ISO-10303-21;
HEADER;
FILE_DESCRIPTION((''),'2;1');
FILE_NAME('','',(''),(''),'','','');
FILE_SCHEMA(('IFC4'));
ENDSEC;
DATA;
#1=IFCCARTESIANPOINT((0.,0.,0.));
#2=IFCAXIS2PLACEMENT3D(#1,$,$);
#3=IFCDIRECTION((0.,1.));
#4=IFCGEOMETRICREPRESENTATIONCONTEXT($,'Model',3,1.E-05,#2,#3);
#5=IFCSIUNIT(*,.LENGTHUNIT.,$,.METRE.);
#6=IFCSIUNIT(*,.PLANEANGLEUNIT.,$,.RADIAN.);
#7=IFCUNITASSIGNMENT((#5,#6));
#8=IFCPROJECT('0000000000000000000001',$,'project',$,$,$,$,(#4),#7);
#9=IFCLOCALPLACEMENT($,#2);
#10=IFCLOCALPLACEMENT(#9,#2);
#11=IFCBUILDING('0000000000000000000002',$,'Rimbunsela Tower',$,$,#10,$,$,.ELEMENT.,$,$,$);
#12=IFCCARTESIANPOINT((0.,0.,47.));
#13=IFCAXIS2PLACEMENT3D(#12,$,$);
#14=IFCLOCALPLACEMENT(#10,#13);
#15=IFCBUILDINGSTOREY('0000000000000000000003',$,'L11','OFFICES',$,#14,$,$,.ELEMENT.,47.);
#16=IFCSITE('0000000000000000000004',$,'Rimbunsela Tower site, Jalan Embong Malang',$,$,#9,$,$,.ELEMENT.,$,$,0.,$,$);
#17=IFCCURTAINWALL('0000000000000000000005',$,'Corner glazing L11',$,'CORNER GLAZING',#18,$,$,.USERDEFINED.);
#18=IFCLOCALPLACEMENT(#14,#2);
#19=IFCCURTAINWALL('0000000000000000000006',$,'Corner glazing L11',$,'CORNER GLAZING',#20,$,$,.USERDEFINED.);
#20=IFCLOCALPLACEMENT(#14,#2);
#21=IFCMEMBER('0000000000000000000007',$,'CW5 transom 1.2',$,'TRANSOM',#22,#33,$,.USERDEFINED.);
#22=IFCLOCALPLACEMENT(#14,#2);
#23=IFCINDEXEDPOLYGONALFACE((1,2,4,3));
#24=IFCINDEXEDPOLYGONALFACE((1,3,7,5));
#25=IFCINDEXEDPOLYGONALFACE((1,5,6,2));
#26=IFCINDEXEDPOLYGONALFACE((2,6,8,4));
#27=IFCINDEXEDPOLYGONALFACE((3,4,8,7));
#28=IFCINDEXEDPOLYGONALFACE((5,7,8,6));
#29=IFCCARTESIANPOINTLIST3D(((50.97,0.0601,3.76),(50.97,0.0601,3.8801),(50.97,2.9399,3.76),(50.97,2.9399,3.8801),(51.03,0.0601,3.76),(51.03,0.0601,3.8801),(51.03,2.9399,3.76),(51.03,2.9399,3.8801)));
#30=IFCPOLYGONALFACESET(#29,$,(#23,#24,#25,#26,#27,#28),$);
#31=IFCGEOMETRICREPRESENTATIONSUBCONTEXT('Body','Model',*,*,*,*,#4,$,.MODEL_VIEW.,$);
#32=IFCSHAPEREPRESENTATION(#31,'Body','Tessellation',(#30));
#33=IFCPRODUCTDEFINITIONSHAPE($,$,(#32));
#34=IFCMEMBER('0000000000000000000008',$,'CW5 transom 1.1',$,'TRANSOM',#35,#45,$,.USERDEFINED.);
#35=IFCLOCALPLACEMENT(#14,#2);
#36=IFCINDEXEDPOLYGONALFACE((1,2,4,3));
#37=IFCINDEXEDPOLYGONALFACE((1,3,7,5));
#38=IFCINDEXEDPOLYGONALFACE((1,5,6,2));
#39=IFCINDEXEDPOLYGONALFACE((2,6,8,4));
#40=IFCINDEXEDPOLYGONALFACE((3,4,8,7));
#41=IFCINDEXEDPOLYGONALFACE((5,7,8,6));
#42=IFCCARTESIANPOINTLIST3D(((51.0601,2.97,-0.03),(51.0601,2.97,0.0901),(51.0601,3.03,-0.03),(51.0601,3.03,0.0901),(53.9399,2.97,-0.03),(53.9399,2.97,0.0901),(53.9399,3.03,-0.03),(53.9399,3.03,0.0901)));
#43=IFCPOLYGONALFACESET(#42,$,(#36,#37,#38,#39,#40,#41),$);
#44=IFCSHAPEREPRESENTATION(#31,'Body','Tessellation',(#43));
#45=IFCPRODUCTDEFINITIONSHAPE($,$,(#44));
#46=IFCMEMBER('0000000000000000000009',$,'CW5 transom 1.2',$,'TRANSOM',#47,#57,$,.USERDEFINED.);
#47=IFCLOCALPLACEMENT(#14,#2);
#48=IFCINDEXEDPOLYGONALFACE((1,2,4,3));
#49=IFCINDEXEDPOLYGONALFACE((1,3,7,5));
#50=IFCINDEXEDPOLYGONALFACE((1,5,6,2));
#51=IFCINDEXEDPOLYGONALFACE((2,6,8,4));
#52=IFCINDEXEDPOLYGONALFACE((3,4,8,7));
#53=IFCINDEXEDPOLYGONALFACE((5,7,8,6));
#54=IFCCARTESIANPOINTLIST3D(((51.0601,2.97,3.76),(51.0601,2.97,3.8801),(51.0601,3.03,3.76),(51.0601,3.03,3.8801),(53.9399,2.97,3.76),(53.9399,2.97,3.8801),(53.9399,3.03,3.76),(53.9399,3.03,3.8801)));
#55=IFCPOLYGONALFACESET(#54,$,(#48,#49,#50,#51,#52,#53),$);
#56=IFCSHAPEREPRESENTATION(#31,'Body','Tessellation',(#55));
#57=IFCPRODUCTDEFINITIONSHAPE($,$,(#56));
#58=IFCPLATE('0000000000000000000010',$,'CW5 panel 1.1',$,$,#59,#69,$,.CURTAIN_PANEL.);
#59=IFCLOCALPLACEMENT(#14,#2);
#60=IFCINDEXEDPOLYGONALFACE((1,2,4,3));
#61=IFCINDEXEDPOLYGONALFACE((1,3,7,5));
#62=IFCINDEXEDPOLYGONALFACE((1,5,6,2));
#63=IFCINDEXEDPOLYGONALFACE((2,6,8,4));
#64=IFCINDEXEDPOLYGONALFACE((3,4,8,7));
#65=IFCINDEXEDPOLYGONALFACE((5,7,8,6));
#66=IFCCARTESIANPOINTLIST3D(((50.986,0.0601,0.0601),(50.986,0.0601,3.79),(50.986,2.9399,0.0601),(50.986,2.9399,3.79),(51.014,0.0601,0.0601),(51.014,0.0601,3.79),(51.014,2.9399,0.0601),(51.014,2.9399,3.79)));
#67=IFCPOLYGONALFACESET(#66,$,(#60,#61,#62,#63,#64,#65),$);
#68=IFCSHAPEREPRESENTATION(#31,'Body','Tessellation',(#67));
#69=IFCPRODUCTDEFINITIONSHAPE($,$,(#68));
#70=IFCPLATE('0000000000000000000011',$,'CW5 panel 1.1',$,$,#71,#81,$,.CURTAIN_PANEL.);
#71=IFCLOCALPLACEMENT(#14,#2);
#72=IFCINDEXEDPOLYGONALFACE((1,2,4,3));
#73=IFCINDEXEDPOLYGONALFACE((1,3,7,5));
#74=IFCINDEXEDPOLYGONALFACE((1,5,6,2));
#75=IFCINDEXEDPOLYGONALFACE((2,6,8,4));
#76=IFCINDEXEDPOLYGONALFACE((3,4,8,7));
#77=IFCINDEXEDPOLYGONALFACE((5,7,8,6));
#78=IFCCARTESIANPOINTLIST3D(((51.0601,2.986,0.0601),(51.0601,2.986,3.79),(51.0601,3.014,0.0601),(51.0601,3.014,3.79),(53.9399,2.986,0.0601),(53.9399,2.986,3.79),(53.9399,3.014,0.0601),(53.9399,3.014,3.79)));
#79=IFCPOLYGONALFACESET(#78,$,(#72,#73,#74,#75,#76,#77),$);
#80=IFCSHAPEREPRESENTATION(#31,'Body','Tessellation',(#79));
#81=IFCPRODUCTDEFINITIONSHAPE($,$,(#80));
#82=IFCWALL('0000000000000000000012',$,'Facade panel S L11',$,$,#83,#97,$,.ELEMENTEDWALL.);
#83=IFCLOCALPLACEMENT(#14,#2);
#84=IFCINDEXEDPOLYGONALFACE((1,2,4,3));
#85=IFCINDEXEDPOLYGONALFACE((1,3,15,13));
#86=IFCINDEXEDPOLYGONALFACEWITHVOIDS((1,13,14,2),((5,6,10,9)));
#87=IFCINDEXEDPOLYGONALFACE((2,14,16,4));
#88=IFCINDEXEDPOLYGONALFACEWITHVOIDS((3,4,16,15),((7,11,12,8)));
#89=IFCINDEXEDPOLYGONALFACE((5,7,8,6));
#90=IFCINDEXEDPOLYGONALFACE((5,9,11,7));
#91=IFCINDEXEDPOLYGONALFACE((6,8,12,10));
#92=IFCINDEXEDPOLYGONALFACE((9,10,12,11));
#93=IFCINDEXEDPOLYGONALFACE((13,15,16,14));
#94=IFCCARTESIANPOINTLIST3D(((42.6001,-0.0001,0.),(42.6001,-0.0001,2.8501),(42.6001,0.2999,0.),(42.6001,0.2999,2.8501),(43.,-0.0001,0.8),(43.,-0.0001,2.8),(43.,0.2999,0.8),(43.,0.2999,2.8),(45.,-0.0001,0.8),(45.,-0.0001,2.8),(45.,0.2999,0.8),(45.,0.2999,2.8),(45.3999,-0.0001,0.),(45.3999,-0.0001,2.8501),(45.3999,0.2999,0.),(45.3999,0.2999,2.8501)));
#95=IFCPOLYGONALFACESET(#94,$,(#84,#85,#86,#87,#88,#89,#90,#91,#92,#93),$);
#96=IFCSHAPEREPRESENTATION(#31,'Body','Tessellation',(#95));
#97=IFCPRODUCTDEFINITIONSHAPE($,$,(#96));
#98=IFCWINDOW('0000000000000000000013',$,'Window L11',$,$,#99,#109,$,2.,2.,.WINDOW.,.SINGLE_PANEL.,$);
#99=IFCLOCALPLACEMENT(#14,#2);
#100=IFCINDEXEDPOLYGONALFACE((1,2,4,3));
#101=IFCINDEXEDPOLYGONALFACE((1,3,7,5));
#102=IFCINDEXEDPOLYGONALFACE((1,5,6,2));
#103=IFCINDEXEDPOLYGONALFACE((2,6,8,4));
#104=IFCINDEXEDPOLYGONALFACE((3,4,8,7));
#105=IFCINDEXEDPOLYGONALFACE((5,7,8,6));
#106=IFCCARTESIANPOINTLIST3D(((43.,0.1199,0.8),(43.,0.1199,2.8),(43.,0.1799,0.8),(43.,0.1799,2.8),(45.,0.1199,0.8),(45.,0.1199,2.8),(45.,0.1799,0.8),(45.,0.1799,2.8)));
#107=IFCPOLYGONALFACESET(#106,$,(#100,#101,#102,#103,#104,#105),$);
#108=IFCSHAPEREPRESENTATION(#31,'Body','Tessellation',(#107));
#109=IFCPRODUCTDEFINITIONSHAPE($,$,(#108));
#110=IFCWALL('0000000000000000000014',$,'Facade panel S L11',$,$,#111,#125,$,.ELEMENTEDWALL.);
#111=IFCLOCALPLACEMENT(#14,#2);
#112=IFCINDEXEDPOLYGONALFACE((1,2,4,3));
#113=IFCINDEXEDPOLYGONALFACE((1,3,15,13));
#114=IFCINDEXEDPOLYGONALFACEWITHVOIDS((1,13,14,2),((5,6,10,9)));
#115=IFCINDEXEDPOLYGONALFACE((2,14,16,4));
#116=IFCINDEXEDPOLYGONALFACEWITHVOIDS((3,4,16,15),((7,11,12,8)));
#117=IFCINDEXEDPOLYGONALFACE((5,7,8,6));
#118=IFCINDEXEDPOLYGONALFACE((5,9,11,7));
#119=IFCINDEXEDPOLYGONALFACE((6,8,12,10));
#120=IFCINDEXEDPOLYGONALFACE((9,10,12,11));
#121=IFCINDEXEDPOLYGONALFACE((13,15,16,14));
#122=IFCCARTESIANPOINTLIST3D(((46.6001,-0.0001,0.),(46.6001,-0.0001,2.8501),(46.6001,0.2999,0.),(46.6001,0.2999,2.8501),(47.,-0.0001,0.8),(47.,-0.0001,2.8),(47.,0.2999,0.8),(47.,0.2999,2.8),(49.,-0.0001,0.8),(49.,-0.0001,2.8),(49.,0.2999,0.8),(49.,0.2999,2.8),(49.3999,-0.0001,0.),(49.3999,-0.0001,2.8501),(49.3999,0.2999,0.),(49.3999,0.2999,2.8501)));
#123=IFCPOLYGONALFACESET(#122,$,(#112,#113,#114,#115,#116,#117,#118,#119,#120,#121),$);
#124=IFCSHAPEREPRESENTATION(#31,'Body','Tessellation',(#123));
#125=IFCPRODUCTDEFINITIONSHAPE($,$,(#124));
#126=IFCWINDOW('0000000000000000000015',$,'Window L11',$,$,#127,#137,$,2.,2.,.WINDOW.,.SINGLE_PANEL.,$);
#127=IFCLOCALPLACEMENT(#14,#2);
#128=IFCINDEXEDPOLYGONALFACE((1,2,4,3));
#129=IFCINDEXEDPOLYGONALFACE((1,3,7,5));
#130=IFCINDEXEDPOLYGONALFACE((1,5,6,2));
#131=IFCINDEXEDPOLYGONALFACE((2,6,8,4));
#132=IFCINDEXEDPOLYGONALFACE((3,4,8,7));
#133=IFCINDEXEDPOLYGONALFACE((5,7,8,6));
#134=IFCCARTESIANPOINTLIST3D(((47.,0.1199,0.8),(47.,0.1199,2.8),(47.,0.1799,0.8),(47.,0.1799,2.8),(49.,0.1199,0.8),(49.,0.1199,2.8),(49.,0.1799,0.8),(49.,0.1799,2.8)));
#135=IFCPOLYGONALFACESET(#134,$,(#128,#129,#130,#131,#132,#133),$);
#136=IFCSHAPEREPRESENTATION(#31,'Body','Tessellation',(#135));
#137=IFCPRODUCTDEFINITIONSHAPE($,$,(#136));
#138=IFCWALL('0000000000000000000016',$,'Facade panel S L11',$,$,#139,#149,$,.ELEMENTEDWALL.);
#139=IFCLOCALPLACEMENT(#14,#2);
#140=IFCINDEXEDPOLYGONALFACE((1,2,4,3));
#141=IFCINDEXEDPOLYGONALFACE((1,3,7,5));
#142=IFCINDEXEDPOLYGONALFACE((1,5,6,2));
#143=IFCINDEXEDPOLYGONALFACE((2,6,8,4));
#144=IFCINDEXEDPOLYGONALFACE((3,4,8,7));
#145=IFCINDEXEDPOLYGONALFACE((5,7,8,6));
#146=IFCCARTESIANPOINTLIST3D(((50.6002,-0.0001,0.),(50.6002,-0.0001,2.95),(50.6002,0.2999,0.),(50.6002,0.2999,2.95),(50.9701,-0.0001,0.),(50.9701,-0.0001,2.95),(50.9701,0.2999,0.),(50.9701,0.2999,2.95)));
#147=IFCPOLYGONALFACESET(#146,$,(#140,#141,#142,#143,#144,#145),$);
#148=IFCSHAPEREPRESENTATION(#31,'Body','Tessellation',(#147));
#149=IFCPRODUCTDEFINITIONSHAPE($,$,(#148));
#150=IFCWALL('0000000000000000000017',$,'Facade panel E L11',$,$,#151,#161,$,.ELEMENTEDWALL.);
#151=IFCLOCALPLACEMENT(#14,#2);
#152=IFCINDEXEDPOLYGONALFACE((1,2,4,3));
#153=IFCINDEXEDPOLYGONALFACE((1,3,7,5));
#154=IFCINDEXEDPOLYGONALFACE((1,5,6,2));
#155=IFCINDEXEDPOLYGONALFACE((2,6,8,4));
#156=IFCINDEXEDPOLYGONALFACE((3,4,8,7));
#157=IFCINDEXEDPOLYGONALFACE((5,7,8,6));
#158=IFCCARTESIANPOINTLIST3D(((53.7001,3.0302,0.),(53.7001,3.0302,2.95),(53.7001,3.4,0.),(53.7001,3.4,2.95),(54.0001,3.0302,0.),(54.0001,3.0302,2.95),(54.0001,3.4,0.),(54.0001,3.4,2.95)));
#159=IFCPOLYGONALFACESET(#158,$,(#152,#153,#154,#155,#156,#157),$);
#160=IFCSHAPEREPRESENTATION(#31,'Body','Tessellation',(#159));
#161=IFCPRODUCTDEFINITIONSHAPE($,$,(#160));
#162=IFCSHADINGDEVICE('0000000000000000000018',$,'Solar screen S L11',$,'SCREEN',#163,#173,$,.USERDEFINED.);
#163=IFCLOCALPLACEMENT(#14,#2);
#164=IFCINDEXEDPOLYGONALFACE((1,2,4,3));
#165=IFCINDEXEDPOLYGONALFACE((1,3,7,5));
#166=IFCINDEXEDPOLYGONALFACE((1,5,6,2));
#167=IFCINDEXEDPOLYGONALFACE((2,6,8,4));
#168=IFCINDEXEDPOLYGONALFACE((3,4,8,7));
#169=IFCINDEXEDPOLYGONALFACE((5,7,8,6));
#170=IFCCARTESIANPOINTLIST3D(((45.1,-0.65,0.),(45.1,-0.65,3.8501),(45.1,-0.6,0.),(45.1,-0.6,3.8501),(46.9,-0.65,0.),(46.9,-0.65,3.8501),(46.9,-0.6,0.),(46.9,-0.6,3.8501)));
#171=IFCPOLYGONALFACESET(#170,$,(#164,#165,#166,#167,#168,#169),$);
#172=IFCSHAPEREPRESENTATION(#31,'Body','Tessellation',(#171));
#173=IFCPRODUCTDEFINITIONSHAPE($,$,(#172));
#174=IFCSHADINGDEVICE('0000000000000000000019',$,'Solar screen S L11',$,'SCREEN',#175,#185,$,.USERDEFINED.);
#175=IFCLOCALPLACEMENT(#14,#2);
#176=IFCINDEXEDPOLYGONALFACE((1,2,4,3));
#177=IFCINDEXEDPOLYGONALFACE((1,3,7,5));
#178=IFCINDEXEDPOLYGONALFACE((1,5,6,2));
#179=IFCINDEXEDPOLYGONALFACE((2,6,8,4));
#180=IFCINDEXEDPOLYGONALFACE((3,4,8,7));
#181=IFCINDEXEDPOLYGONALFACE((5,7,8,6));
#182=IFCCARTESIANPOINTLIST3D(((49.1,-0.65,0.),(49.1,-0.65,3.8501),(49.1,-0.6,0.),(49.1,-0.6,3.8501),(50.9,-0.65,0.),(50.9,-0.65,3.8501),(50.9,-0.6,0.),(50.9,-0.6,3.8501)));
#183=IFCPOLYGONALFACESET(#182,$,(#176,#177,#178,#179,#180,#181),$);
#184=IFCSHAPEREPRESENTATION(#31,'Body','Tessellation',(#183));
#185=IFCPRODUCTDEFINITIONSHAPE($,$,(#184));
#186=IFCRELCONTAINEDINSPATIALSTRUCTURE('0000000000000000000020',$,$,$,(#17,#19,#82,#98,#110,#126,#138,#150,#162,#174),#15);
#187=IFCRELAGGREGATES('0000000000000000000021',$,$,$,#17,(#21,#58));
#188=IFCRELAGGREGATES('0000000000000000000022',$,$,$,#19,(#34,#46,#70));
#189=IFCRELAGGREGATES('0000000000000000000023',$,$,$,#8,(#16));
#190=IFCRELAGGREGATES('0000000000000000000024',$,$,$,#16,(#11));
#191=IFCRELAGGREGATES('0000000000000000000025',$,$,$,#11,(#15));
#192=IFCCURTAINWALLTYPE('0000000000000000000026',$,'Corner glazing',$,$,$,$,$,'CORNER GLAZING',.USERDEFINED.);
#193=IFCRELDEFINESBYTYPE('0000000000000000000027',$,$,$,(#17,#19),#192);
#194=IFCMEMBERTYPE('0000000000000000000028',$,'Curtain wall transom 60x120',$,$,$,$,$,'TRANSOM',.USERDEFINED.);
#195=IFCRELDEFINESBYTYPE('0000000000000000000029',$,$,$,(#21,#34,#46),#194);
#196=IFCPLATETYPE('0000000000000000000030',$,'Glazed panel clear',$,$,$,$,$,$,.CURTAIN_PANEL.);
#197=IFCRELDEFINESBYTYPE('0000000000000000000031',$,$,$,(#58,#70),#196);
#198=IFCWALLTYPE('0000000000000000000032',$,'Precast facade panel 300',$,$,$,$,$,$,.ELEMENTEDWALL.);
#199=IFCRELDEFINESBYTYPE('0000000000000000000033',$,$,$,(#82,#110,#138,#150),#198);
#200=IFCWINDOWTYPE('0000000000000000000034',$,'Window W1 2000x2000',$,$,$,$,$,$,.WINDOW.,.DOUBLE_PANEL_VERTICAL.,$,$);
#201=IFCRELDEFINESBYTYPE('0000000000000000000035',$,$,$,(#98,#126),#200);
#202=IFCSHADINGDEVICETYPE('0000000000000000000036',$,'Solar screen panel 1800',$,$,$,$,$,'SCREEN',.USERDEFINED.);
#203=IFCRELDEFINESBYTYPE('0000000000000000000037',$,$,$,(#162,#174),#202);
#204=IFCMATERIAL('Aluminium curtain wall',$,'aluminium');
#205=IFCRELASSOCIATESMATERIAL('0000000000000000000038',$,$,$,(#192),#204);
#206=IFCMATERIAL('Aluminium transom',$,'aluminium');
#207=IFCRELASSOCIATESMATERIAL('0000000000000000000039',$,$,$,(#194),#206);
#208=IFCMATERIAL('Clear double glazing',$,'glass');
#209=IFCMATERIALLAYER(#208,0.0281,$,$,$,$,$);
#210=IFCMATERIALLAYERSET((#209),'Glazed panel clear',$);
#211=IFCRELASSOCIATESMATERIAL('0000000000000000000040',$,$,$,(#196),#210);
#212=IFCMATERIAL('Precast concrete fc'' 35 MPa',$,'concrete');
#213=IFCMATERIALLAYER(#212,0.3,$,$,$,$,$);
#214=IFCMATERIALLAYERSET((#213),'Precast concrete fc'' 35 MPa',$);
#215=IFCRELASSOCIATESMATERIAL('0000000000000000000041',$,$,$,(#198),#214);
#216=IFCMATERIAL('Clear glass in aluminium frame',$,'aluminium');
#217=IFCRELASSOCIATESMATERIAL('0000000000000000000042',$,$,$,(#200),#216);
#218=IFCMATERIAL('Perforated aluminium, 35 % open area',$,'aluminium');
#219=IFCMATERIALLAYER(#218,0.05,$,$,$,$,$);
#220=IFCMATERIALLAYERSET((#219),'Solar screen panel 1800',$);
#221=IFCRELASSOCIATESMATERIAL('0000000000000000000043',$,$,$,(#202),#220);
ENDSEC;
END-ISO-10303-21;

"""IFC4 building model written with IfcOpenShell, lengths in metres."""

from ifc_helpers import new_model, si_unit, direction, frame, frame_2d, origin, origin_2d, place, context, subcontext, project, spatial, rectangle, extrude, material, layer, layer_set, material_profile, profile_set, type_object, element, fill, aggregate, save


model = new_model("IFC4")

# Units and contexts
model_context = context("Model", 3, precision=1e-05, world=origin(), true_north=direction((0.0, 1.0)))
body_context = subcontext(model_context, "Body", "Model", "MODEL_VIEW")
ifc_project = project(units=[si_unit("LENGTHUNIT", "METRE"), si_unit("PLANEANGLEUNIT", "RADIAN")], contexts=[model_context])

# Site, building, storey
site_placement = place(None, origin())
site = spatial("IfcSite", under=ifc_project, at=site_placement, Name="Rimbunsela Tower site, Jalan Embong Malang", CompositionType="ELEMENT", RefElevation=0.0)
building_placement = place(site_placement, origin())
building = spatial("IfcBuilding", under=site, at=building_placement, Name="Rimbunsela Tower", CompositionType="ELEMENT")
storey_placement = place(building_placement, frame((0.0, 0.0, 47.0)))
storey = spatial("IfcBuildingStorey", under=building, at=storey_placement, Name="L11", Description="OFFICES", CompositionType="ELEMENT", Elevation=47.0)

# Curtain walls
ifc_material_1 = material(Name="Aluminium curtain wall", Category="aluminium")
curtain_wall_type = type_object("IfcCurtainWallType", Name="Corner glazing", ElementType="CORNER GLAZING", PredefinedType="USERDEFINED", material=ifc_material_1)
curtain_wall_1_placement = place(storey_placement, origin())
curtain_wall_1 = element("IfcCurtainWall", 1, at=curtain_wall_1_placement, inside=storey, type_object=curtain_wall_type, Name="Corner glazing L11", ObjectType="CORNER GLAZING", PredefinedType="USERDEFINED")
curtain_wall_2_placement = place(storey_placement, origin())
curtain_wall_2 = element("IfcCurtainWall", 2, at=curtain_wall_2_placement, inside=storey, type_object=curtain_wall_type, Name="Corner glazing L11", ObjectType="CORNER GLAZING", PredefinedType="USERDEFINED")

# Members
ifc_material_2 = material(Name="Aluminium transom", Category="aluminium")
ifc_material_profile_1 = material_profile(ifc_material_2, rectangle(XDim=0.0601, YDim=0.1201, at=origin_2d()), Name="Transom 60x120")
ifc_profile_set_1 = profile_set([ifc_material_profile_1], Name="Aluminium transom")
member_type_1 = type_object("IfcMemberType", Name="Curtain wall transom 60x120", ElementType="TRANSOM", PredefinedType="USERDEFINED", material=ifc_profile_set_1)
member_1_placement = place(storey_placement, frame((51.0, 0.0601, 3.8201), z_axis=(0.0, 1.0, 0.0), x_axis=(-1.0, 0.0, 0.0)))
member_1 = element("IfcMember", 3, at=member_1_placement, type_object=member_type_1, Name="CW5 transom 1.2", ObjectType="TRANSOM", PredefinedType="USERDEFINED", context=body_context, shape_type="SweptSolid", body=[
    extrude(rectangle(XDim=0.0601, YDim=0.1201, at=origin_2d()), origin(), (0.0, 0.0, 1.0), 2.8799),
])
member_2_placement = place(storey_placement, frame((51.0601, 3.0, 0.03), z_axis=(1.0, 0.0, 0.0), x_axis=(0.0, 1.0, 0.0)))
member_2 = element("IfcMember", 4, at=member_2_placement, type_object=member_type_1, Name="CW5 transom 1.1", ObjectType="TRANSOM", PredefinedType="USERDEFINED", context=body_context, shape_type="SweptSolid", body=[
    extrude(rectangle(XDim=0.0601, YDim=0.1201, at=origin_2d()), origin(), (0.0, 0.0, 1.0), 2.8799),
])
member_3_placement = place(storey_placement, frame((51.0601, 3.0, 3.8201), z_axis=(1.0, 0.0, 0.0), x_axis=(0.0, 1.0, 0.0)))
member_3 = element("IfcMember", 5, at=member_3_placement, type_object=member_type_1, Name="CW5 transom 1.2", ObjectType="TRANSOM", PredefinedType="USERDEFINED", context=body_context, shape_type="SweptSolid", body=[
    extrude(rectangle(XDim=0.0601, YDim=0.1201, at=origin_2d()), origin(), (0.0, 0.0, 1.0), 2.8799),
])

# Plates
ifc_material_3 = material(Name="Clear double glazing", Category="glass")
ifc_layer_1 = layer(ifc_material_3, 0.0281)
ifc_layer_set_1 = layer_set([ifc_layer_1], Name="Glazed panel clear")
plate_type = type_object("IfcPlateType", Name="Glazed panel clear", PredefinedType="CURTAIN_PANEL", material=ifc_layer_set_1)
plate_1_placement = place(storey_placement, frame((51.0, 1.5, 0.0601), z_axis=(0.0, 0.0, 1.0), x_axis=(0.0, 1.0, 0.0)))
plate_1 = element("IfcPlate", 6, at=plate_1_placement, type_object=plate_type, Name="CW5 panel 1.1", PredefinedType="CURTAIN_PANEL", context=body_context, shape_type="SweptSolid", body=[
    extrude(rectangle(XDim=2.8799, YDim=0.0281, at=origin_2d()), origin(), (0.0, 0.0, 1.0), 3.73),
])
aggregate(curtain_wall_1, [member_1, plate_1])
plate_2_placement = place(storey_placement, frame((52.5, 3.0, 0.0601), z_axis=(0.0, 0.0, 1.0), x_axis=(1.0, 0.0, 0.0)))
plate_2 = element("IfcPlate", 7, at=plate_2_placement, type_object=plate_type, Name="CW5 panel 1.1", PredefinedType="CURTAIN_PANEL", context=body_context, shape_type="SweptSolid", body=[
    extrude(rectangle(XDim=2.8799, YDim=0.0281, at=origin_2d()), origin(), (0.0, 0.0, 1.0), 3.73),
])
aggregate(curtain_wall_2, [member_2, member_3, plate_2])

# Walls, openings, windows
ifc_material_4 = material(Name="Precast concrete fc' 35 MPa", Category="concrete")
ifc_layer_2 = layer(ifc_material_4, 0.3)
ifc_layer_set_2 = layer_set([ifc_layer_2], Name="Precast concrete fc' 35 MPa")
wall_type = type_object("IfcWallType", Name="Precast facade panel 300", PredefinedType="ELEMENTEDWALL", material=ifc_layer_set_2)
wall_1_placement = place(storey_placement, frame((42.6001, 0.1499, 0.0), z_axis=(0.0, 0.0, 1.0), x_axis=(1.0, 0.0, 0.0)))
wall_1 = element("IfcWall", 8, at=wall_1_placement, inside=storey, type_object=wall_type, Name="Facade panel S L11", PredefinedType="ELEMENTEDWALL", context=body_context, shape_type="SweptSolid", body=[
    extrude(rectangle(XDim=2.7998, YDim=0.3, at=frame_2d((1.3999, 0.0))), origin(), (0.0, 0.0, 1.0), 2.8501),
])
opening_1_placement = place(wall_1_placement, frame((0.3999, 0.0, 0.8)))
opening_1 = element("IfcOpeningElement", 9, at=opening_1_placement, cuts=wall_1, PredefinedType="OPENING", context=body_context, shape_type="SweptSolid", body=[
    extrude(rectangle(XDim=2.0, YDim=2.0, at=frame_2d((1.0, 1.0))), frame((0.0, 0.1599, 0.0), z_axis=(0.0, -1.0, 0.0), x_axis=(1.0, 0.0, 0.0)), (0.0, 0.0, 1.0), 0.3201),
])
ifc_material_5 = material(Name="Clear glass in aluminium frame", Category="aluminium")
window_type = type_object("IfcWindowType", Name="Window W1 2000x2000", PartitioningType="DOUBLE_PANEL_VERTICAL", PredefinedType="WINDOW", material=ifc_material_5)
window_1_placement = place(opening_1_placement, origin())
window_1 = element("IfcWindow", 10, at=window_1_placement, inside=storey, type_object=window_type, Name="Window L11", OverallHeight=2.0, OverallWidth=2.0, PartitioningType="SINGLE_PANEL", PredefinedType="WINDOW", context=body_context, shape_type="SweptSolid", body=[
    extrude(rectangle(XDim=2.0, YDim=2.0, at=frame_2d((1.0, 1.0))), frame((0.0, 0.03, 0.0), z_axis=(0.0, -1.0, 0.0), x_axis=(1.0, 0.0, 0.0)), (0.0, 0.0, 1.0), 0.0601),
])
fill(opening_1, window_1)
wall_2_placement = place(storey_placement, frame((46.6001, 0.1499, 0.0), z_axis=(0.0, 0.0, 1.0), x_axis=(1.0, 0.0, 0.0)))
wall_2 = element("IfcWall", 11, at=wall_2_placement, inside=storey, type_object=wall_type, Name="Facade panel S L11", PredefinedType="ELEMENTEDWALL", context=body_context, shape_type="SweptSolid", body=[
    extrude(rectangle(XDim=2.7998, YDim=0.3, at=frame_2d((1.3999, 0.0))), origin(), (0.0, 0.0, 1.0), 2.8501),
])
opening_2_placement = place(wall_2_placement, frame((0.3999, 0.0, 0.8)))
opening_2 = element("IfcOpeningElement", 12, at=opening_2_placement, cuts=wall_2, PredefinedType="OPENING", context=body_context, shape_type="SweptSolid", body=[
    extrude(rectangle(XDim=2.0, YDim=2.0, at=frame_2d((1.0, 1.0))), frame((0.0, 0.1599, 0.0), z_axis=(0.0, -1.0, 0.0), x_axis=(1.0, 0.0, 0.0)), (0.0, 0.0, 1.0), 0.3201),
])
window_2_placement = place(opening_2_placement, origin())
window_2 = element("IfcWindow", 13, at=window_2_placement, inside=storey, type_object=window_type, Name="Window L11", OverallHeight=2.0, OverallWidth=2.0, PartitioningType="SINGLE_PANEL", PredefinedType="WINDOW", context=body_context, shape_type="SweptSolid", body=[
    extrude(rectangle(XDim=2.0, YDim=2.0, at=frame_2d((1.0, 1.0))), frame((0.0, 0.03, 0.0), z_axis=(0.0, -1.0, 0.0), x_axis=(1.0, 0.0, 0.0)), (0.0, 0.0, 1.0), 0.0601),
])
fill(opening_2, window_2)

# Walls
for number, where, z_axis, x_axis, name in (
    (14, (50.6001, 0.1499, 0.0), (0.0, 0.0, 1.0), (1.0, 0.0, 0.0), "Facade panel S L11"),
    (15, (53.8501, 3.03, 0.0), (0.0, 0.0, 1.0), (0.0, 1.0, 0.0), "Facade panel E L11"),
):
    element("IfcWall", number, at=place(storey_placement, frame(where, z_axis=z_axis, x_axis=x_axis)), inside=storey, type_object=wall_type, Name=name, PredefinedType="ELEMENTEDWALL", context=body_context, shape_type="SweptSolid", body=[
        extrude(rectangle(XDim=0.3699, YDim=0.3, at=frame_2d((0.1851, 0.0))), origin(), (0.0, 0.0, 1.0), 2.95),
    ])

# Shading devices
ifc_material_6 = material(Name="Perforated aluminium, 35 % open area", Category="aluminium")
ifc_layer_3 = layer(ifc_material_6, 0.05)
ifc_layer_set_3 = layer_set([ifc_layer_3], Name="Solar screen panel 1800")
shading_device_type = type_object("IfcShadingDeviceType", Name="Solar screen panel 1800", ElementType="SCREEN", PredefinedType="USERDEFINED", material=ifc_layer_set_3)
for number, where, z_axis, x_axis, name in (
    (16, (46.0, -0.625, 0.0), (0.0, 0.0, 1.0), (1.0, 0.0, 0.0), "Solar screen S L11"),
    (17, (50.0, -0.625, 0.0), (0.0, 0.0, 1.0), (1.0, 0.0, 0.0), "Solar screen S L11"),
):
    element("IfcShadingDevice", number, at=place(storey_placement, frame(where, z_axis=z_axis, x_axis=x_axis)), inside=storey, type_object=shading_device_type, Name=name, ObjectType="SCREEN", PredefinedType="USERDEFINED", context=body_context, shape_type="SweptSolid", body=[
        extrude(rectangle(XDim=1.8, YDim=0.05, at=origin_2d()), origin(), (0.0, 0.0, 1.0), 3.8501),
    ])

save(model, "model.ifc")
